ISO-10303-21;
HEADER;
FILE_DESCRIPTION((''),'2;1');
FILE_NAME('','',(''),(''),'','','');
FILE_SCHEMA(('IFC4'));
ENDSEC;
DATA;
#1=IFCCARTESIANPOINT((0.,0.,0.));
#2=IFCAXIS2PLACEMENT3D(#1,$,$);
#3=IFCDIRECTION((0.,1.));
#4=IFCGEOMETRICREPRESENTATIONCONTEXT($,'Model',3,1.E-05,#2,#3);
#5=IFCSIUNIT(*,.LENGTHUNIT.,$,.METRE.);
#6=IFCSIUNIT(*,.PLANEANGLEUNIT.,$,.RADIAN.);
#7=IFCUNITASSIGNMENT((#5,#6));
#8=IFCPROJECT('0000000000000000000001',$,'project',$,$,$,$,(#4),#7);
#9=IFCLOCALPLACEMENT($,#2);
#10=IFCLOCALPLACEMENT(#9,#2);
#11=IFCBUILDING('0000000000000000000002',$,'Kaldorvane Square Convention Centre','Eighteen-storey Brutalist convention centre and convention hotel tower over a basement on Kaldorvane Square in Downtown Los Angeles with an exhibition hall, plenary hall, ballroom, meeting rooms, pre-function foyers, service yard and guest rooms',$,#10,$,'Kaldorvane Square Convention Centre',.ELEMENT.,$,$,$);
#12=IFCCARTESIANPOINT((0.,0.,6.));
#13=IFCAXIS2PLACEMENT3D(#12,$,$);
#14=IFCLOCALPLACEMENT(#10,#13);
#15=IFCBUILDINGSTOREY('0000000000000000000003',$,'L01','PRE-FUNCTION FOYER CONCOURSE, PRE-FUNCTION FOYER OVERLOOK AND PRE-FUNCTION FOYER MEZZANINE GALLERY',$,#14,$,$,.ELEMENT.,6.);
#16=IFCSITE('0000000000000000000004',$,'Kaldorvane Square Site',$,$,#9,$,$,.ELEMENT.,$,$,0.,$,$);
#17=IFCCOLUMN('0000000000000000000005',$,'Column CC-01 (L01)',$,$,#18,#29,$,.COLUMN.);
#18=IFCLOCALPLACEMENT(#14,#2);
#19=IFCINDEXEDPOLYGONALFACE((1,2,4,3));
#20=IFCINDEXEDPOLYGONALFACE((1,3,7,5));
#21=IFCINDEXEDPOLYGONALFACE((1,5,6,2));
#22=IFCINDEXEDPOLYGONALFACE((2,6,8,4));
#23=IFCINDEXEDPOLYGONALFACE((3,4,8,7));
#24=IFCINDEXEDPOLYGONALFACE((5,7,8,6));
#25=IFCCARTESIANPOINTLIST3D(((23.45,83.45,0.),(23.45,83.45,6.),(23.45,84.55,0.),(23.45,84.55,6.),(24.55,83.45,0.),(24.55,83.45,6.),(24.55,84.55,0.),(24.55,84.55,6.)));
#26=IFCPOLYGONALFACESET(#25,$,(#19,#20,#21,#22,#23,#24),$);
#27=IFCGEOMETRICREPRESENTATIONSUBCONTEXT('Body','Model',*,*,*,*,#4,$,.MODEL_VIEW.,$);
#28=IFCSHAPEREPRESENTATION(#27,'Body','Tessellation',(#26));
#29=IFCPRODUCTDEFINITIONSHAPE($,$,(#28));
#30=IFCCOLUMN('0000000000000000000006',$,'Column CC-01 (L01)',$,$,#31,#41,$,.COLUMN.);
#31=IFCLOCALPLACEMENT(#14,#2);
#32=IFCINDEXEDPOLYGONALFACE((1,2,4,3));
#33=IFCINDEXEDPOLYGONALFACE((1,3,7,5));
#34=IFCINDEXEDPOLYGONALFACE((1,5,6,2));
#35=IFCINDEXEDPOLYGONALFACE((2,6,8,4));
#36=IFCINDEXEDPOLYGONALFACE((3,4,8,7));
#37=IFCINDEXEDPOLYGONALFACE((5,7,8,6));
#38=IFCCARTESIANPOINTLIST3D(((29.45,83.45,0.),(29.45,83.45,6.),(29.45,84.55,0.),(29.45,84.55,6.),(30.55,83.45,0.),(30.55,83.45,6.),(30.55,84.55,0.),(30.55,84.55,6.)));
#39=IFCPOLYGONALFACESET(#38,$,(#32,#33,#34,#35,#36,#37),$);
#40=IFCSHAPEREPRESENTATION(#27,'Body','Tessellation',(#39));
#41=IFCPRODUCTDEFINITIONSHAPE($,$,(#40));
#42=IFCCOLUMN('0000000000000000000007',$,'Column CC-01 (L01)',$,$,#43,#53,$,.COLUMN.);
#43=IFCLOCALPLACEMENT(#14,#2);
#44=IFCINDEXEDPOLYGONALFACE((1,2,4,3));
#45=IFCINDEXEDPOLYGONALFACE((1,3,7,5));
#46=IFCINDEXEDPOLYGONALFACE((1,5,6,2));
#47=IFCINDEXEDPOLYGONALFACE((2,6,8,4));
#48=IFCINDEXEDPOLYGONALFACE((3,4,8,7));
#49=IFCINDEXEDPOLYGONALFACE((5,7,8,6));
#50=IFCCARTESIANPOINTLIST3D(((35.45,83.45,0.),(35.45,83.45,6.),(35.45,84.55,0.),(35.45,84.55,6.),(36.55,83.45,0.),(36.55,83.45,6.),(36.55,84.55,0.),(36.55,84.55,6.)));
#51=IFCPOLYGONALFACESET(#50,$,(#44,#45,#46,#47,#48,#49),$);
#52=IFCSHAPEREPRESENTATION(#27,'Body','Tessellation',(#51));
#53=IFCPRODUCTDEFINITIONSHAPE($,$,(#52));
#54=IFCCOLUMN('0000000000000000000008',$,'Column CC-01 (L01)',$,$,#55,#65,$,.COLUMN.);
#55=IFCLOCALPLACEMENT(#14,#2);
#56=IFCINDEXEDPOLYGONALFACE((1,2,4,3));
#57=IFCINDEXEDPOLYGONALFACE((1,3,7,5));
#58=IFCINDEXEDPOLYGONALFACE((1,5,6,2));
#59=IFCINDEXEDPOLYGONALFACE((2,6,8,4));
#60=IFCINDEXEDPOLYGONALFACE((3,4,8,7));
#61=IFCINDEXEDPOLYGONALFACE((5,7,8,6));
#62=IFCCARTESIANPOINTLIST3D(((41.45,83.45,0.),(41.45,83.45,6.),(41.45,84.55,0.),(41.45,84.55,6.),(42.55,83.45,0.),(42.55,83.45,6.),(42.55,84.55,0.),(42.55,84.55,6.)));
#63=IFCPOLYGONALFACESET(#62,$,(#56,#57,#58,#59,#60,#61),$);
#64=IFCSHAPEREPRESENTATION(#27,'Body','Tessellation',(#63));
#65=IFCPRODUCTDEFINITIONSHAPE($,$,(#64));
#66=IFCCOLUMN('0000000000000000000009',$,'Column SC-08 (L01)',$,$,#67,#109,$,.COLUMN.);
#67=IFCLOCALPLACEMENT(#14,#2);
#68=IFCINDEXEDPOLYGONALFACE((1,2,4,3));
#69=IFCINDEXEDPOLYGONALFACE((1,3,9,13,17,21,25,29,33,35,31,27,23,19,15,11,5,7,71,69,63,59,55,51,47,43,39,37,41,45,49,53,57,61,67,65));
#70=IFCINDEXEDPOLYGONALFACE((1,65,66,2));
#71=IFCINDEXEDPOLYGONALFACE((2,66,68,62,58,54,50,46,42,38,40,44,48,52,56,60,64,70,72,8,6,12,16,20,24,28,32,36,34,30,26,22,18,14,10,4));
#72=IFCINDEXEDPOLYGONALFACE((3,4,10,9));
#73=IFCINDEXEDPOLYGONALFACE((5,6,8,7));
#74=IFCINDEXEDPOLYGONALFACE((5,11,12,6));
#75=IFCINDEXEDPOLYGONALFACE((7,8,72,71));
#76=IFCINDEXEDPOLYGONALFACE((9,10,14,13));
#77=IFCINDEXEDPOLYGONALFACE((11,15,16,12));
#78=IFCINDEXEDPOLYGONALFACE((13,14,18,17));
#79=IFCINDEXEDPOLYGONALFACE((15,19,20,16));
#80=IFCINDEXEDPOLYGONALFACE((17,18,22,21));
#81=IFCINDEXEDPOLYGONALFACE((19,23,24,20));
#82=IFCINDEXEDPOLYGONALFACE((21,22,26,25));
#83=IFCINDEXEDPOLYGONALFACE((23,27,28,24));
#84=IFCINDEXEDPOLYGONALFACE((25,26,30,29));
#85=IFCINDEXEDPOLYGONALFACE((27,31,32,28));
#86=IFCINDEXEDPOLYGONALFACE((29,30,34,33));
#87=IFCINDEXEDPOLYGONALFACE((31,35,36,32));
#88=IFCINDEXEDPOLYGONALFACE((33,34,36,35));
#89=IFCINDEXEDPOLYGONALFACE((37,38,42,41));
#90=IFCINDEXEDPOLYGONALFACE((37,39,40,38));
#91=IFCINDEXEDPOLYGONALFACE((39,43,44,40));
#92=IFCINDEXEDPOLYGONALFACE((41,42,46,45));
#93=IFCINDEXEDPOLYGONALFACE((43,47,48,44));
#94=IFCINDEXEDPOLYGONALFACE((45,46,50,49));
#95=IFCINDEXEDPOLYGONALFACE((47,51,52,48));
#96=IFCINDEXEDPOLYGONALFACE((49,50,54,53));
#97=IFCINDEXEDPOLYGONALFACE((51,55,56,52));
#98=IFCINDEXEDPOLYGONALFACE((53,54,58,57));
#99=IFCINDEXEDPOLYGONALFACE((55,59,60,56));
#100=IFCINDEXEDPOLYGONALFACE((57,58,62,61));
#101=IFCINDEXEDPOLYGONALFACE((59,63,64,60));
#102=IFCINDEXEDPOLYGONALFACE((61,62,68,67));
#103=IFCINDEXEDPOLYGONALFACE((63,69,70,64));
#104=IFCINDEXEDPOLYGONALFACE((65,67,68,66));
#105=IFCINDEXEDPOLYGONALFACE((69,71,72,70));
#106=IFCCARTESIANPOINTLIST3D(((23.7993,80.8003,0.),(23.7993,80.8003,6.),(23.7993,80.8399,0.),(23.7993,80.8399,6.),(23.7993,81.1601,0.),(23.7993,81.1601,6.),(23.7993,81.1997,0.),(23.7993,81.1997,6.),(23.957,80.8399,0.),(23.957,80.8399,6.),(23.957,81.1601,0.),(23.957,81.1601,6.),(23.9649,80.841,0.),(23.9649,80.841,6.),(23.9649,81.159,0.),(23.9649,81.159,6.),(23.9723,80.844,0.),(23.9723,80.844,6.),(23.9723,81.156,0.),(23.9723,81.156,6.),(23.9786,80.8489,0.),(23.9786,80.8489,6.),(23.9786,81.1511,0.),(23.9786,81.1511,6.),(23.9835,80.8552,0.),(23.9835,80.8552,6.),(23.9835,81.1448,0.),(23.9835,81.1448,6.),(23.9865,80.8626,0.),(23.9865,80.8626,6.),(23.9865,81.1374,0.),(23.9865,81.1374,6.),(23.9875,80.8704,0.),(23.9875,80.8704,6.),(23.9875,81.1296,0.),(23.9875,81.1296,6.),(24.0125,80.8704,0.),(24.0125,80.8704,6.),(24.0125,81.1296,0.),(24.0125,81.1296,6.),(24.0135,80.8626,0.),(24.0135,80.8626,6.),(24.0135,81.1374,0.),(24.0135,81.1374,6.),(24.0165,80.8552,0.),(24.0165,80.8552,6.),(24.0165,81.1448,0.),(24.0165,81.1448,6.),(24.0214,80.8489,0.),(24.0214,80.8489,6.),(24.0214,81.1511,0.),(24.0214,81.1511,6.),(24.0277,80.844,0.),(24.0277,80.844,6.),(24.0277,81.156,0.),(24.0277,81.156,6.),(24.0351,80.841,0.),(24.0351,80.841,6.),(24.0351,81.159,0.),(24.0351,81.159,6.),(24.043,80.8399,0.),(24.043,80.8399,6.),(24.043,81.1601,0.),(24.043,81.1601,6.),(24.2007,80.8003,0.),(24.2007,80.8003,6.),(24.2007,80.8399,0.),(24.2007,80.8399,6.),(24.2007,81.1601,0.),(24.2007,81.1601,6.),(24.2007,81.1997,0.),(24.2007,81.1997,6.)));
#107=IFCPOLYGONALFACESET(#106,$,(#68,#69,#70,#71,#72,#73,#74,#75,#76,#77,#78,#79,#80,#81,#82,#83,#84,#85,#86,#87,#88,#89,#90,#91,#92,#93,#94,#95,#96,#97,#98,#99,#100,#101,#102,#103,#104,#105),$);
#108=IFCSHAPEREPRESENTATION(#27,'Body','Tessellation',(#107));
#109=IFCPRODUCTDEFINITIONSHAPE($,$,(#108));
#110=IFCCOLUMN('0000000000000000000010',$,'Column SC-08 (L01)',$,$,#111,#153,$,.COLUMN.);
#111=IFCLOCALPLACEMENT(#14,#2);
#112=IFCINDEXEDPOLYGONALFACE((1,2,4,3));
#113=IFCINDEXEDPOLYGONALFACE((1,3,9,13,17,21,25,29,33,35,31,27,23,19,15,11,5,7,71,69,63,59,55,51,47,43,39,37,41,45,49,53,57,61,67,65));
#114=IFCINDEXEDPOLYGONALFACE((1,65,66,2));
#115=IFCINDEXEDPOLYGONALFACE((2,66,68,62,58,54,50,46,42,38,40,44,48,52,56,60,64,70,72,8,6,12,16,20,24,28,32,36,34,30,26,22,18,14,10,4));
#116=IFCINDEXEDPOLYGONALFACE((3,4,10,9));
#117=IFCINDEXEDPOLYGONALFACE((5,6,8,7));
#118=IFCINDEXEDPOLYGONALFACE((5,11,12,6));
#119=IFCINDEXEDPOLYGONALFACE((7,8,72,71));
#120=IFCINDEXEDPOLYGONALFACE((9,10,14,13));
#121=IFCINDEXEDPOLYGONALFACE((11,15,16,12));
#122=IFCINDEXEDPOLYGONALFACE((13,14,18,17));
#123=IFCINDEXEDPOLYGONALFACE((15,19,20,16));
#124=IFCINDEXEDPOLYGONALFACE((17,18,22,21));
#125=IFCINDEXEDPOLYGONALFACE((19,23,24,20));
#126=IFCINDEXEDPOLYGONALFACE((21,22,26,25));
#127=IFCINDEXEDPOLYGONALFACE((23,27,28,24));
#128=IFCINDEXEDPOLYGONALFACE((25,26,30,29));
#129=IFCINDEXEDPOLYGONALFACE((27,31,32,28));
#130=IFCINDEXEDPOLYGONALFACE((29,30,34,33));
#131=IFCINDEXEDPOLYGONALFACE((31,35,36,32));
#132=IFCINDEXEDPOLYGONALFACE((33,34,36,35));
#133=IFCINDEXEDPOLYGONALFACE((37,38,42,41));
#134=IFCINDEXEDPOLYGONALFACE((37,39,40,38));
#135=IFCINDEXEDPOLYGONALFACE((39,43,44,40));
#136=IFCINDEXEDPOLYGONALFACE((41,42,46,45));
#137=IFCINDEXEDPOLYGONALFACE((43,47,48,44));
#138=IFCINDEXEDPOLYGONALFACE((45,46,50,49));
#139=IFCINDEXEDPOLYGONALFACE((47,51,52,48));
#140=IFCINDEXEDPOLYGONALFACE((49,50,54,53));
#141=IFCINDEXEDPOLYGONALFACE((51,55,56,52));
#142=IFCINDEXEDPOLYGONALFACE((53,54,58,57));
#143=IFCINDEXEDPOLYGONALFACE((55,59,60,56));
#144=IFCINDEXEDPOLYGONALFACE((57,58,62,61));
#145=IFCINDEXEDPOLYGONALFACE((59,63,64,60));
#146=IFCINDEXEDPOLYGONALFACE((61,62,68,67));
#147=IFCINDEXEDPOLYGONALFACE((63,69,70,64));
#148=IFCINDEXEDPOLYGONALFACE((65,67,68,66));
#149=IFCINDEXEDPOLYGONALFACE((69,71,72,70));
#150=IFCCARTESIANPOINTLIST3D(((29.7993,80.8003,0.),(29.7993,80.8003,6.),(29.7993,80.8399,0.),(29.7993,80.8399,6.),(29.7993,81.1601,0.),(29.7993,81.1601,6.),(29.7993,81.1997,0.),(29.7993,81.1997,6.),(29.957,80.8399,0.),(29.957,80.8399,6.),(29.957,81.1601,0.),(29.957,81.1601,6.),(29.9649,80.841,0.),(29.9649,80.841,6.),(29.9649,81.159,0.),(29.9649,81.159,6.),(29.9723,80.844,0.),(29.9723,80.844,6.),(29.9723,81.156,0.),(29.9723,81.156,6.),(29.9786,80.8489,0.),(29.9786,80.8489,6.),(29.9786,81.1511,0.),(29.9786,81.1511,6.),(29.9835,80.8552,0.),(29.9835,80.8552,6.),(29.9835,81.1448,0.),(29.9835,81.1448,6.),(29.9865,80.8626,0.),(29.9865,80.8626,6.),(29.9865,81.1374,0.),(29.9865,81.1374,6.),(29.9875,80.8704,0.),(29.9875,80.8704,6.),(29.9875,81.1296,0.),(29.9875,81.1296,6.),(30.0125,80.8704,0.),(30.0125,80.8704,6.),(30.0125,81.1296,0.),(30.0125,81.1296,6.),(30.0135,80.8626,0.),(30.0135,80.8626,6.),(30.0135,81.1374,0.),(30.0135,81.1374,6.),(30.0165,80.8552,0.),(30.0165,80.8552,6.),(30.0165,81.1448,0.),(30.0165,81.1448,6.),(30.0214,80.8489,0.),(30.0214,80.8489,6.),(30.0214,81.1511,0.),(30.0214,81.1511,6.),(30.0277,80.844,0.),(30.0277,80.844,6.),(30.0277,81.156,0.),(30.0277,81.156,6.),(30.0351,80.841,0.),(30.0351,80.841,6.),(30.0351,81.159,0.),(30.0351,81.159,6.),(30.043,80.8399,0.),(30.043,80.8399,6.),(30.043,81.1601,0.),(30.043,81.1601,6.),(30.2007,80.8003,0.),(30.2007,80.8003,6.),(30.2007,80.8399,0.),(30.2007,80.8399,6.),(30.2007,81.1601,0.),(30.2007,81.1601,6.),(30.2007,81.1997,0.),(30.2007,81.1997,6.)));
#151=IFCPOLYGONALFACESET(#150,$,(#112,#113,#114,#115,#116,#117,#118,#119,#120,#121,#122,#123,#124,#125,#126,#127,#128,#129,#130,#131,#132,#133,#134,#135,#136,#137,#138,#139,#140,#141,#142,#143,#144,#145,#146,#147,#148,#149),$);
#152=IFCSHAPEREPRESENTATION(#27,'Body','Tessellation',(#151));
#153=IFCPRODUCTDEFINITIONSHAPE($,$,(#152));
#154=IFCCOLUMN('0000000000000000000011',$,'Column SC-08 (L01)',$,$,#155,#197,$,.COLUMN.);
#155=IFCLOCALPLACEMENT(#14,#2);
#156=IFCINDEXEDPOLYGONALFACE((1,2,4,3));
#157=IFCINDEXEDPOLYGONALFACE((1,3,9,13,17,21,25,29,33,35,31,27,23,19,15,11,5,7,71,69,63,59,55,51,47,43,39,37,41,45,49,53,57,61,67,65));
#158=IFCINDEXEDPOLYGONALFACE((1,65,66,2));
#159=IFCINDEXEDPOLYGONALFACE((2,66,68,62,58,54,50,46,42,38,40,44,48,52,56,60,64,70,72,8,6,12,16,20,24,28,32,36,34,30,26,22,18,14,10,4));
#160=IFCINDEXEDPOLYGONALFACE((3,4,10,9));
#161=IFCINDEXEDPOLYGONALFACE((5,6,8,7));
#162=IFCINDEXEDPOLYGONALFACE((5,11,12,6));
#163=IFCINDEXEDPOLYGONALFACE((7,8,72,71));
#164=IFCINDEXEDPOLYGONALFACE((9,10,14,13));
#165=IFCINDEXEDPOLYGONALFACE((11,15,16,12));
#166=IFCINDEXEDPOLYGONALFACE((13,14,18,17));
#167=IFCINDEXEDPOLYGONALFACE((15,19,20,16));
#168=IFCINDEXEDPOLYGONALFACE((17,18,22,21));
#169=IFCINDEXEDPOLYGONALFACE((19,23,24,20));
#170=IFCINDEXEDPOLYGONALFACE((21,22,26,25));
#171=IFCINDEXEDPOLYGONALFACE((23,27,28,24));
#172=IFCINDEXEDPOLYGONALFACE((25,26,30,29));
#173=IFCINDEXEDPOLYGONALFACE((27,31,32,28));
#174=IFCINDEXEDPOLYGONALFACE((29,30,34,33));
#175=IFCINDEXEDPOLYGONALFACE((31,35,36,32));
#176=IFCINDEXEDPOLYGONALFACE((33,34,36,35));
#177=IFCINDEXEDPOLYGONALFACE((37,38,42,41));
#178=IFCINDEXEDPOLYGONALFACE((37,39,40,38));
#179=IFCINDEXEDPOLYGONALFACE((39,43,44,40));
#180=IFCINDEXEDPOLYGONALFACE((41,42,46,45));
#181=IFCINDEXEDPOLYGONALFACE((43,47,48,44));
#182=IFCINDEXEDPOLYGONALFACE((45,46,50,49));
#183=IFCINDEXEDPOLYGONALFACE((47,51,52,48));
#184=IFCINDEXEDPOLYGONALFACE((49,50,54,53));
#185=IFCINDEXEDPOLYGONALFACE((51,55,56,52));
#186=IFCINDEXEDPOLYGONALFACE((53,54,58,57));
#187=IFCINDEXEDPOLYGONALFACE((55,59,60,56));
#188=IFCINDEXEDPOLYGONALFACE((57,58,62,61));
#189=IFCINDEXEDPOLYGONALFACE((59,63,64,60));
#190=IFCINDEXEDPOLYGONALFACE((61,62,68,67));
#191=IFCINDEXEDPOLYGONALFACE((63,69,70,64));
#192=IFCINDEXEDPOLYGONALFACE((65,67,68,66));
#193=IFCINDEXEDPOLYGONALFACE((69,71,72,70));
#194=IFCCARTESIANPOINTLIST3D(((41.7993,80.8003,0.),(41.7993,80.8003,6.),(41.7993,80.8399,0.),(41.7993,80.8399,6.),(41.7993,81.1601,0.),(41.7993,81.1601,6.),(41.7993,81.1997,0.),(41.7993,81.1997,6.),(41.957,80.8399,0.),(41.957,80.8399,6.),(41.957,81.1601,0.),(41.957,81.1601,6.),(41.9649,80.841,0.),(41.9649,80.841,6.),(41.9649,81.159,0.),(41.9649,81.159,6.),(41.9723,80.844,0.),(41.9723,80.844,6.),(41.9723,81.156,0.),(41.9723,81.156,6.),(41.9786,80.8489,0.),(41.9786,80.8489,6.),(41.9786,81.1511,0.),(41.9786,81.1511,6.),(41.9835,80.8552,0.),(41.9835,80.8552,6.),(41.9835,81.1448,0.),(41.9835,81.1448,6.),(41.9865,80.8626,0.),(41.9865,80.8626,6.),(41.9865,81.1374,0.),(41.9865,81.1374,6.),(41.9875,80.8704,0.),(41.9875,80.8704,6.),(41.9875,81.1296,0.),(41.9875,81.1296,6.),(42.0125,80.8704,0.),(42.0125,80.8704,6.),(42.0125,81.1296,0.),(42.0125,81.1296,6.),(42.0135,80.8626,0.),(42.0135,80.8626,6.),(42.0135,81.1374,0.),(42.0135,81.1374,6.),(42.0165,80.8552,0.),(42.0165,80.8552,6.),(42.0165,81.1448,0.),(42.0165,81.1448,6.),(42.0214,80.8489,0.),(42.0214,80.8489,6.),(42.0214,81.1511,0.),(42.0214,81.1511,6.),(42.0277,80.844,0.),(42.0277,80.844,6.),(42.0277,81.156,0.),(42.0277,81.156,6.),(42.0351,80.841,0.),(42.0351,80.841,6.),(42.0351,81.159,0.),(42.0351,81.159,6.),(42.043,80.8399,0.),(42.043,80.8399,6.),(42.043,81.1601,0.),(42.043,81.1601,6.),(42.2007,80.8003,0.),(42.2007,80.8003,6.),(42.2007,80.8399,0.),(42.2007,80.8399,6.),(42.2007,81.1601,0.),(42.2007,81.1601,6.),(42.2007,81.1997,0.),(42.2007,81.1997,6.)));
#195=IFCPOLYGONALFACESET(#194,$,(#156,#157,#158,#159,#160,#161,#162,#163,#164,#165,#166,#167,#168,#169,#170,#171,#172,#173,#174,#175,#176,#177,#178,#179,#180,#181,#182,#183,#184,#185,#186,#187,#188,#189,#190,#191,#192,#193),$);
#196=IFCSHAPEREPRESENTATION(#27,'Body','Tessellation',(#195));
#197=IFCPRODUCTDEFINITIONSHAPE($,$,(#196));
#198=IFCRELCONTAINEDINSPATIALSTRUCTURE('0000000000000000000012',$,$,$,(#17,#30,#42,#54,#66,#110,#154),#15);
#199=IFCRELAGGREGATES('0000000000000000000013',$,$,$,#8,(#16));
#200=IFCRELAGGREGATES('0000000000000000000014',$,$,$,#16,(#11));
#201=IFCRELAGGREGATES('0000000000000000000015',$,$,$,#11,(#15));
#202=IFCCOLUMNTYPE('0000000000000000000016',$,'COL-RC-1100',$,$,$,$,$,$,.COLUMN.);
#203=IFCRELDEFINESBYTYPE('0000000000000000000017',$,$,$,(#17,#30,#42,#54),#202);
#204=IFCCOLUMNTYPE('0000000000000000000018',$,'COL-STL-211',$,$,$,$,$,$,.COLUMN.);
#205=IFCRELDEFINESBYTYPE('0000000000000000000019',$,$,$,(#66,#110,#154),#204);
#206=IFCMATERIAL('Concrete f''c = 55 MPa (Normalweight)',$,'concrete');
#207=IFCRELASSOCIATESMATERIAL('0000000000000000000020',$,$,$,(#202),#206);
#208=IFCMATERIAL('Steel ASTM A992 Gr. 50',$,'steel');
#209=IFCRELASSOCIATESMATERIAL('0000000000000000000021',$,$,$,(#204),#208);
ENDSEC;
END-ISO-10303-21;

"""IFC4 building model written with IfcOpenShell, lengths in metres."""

from ifc_helpers import new_model, si_unit, direction, frame, origin, origin_2d, place, context, subcontext, project, spatial, rectangle, i_section, extrude, material, material_profile, profile_set, type_object, element, save


model = new_model("IFC4")

# Units and contexts
model_context = context("Model", 3, precision=1e-05, world=origin(), true_north=direction((0.0, 1.0)))
body_context = subcontext(model_context, "Body", "Model", "MODEL_VIEW")
ifc_project = project(units=[si_unit("LENGTHUNIT", "METRE"), si_unit("PLANEANGLEUNIT", "RADIAN")], contexts=[model_context])

# Site, building, storey
site_placement = place(None, origin())
site = spatial("IfcSite", under=ifc_project, at=site_placement, Name="Kaldorvane Square Site", CompositionType="ELEMENT", RefElevation=0.0)
building_placement = place(site_placement, origin())
building = spatial("IfcBuilding", under=site, at=building_placement, Name="Kaldorvane Square Convention Centre", Description="Eighteen-storey Brutalist convention centre and convention hotel tower over a basement on Kaldorvane Square in Downtown Los Angeles with an exhibition hall, plenary hall, ballroom, meeting rooms, pre-function foyers, service yard and guest rooms", LongName="Kaldorvane Square Convention Centre", CompositionType="ELEMENT")
storey_placement = place(building_placement, frame((0.0, 0.0, 6.0)))
storey = spatial("IfcBuildingStorey", under=building, at=storey_placement, Name="L01", Description="PRE-FUNCTION FOYER CONCOURSE, PRE-FUNCTION FOYER OVERLOOK AND PRE-FUNCTION FOYER MEZZANINE GALLERY", CompositionType="ELEMENT", Elevation=6.0)

# Columns
ifc_material_1 = material(Name="Concrete f'c = 55 MPa (Normalweight)", Category="concrete")
ifc_material_profile_1 = material_profile(ifc_material_1, rectangle(XDim=1.1, YDim=1.1, at=origin_2d()), Name="RC1100X1100")
ifc_profile_set_1 = profile_set([ifc_material_profile_1], Name="Concrete f'c = 55 MPa (Normalweight)")
column_type_1 = type_object("IfcColumnType", Name="COL-RC-1100", PredefinedType="COLUMN", material=ifc_profile_set_1)
for number, where, z_axis, x_axis, name in (
    (1, (24.0, 84.0, 0.0), (0.0, 0.0, 1.0), (1.0, 0.0, 0.0), "Column CC-01 (L01)"),
    (2, (30.0, 84.0, 0.0), (0.0, 0.0, 1.0), (1.0, 0.0, 0.0), "Column CC-01 (L01)"),
    (3, (36.0, 84.0, 0.0), (0.0, 0.0, 1.0), (1.0, 0.0, 0.0), "Column CC-01 (L01)"),
    (4, (42.0, 84.0, 0.0), (0.0, 0.0, 1.0), (1.0, 0.0, 0.0), "Column CC-01 (L01)"),
):
    element("IfcColumn", number, at=place(storey_placement, frame(where, z_axis=z_axis, x_axis=x_axis)), inside=storey, type_object=column_type_1, Name=name, PredefinedType="COLUMN", context=body_context, shape_type="SweptSolid", body=[
        extrude(rectangle(XDim=1.1, YDim=1.1, at=origin_2d()), origin(), (0.0, 0.0, 1.0), 6.0),
    ])
ifc_material_2 = material(Name="Steel ASTM A992 Gr. 50", Category="steel")
ifc_material_profile_2 = material_profile(ifc_material_2, i_section(OverallWidth=0.4013, OverallDepth=0.3993, WebThickness=0.0249, FlangeThickness=0.0396, FilletRadius=0.0305, at=origin_2d()), Name="W14X211")
ifc_profile_set_2 = profile_set([ifc_material_profile_2], Name="Steel ASTM A992 Gr. 50")
column_type_2 = type_object("IfcColumnType", Name="COL-STL-211", PredefinedType="COLUMN", material=ifc_profile_set_2)
for number, where, z_axis, x_axis, name in (
    (5, (24.0, 81.0, 0.0), (0.0, 0.0, 1.0), (1.0, 0.0, 0.0), "Column SC-08 (L01)"),
    (6, (30.0, 81.0, 0.0), (0.0, 0.0, 1.0), (1.0, 0.0, 0.0), "Column SC-08 (L01)"),
    (7, (42.0, 81.0, 0.0), (0.0, 0.0, 1.0), (1.0, 0.0, 0.0), "Column SC-08 (L01)"),
):
    element("IfcColumn", number, at=place(storey_placement, frame(where, z_axis=z_axis, x_axis=x_axis)), inside=storey, type_object=column_type_2, Name=name, PredefinedType="COLUMN", context=body_context, shape_type="SweptSolid", body=[
        extrude(i_section(OverallWidth=0.4013, OverallDepth=0.3993, WebThickness=0.0249, FlangeThickness=0.0396, FilletRadius=0.0305, at=origin_2d()), origin(), (0.0, 0.0, 1.0), 6.0),
    ])

save(model, "model.ifc")
